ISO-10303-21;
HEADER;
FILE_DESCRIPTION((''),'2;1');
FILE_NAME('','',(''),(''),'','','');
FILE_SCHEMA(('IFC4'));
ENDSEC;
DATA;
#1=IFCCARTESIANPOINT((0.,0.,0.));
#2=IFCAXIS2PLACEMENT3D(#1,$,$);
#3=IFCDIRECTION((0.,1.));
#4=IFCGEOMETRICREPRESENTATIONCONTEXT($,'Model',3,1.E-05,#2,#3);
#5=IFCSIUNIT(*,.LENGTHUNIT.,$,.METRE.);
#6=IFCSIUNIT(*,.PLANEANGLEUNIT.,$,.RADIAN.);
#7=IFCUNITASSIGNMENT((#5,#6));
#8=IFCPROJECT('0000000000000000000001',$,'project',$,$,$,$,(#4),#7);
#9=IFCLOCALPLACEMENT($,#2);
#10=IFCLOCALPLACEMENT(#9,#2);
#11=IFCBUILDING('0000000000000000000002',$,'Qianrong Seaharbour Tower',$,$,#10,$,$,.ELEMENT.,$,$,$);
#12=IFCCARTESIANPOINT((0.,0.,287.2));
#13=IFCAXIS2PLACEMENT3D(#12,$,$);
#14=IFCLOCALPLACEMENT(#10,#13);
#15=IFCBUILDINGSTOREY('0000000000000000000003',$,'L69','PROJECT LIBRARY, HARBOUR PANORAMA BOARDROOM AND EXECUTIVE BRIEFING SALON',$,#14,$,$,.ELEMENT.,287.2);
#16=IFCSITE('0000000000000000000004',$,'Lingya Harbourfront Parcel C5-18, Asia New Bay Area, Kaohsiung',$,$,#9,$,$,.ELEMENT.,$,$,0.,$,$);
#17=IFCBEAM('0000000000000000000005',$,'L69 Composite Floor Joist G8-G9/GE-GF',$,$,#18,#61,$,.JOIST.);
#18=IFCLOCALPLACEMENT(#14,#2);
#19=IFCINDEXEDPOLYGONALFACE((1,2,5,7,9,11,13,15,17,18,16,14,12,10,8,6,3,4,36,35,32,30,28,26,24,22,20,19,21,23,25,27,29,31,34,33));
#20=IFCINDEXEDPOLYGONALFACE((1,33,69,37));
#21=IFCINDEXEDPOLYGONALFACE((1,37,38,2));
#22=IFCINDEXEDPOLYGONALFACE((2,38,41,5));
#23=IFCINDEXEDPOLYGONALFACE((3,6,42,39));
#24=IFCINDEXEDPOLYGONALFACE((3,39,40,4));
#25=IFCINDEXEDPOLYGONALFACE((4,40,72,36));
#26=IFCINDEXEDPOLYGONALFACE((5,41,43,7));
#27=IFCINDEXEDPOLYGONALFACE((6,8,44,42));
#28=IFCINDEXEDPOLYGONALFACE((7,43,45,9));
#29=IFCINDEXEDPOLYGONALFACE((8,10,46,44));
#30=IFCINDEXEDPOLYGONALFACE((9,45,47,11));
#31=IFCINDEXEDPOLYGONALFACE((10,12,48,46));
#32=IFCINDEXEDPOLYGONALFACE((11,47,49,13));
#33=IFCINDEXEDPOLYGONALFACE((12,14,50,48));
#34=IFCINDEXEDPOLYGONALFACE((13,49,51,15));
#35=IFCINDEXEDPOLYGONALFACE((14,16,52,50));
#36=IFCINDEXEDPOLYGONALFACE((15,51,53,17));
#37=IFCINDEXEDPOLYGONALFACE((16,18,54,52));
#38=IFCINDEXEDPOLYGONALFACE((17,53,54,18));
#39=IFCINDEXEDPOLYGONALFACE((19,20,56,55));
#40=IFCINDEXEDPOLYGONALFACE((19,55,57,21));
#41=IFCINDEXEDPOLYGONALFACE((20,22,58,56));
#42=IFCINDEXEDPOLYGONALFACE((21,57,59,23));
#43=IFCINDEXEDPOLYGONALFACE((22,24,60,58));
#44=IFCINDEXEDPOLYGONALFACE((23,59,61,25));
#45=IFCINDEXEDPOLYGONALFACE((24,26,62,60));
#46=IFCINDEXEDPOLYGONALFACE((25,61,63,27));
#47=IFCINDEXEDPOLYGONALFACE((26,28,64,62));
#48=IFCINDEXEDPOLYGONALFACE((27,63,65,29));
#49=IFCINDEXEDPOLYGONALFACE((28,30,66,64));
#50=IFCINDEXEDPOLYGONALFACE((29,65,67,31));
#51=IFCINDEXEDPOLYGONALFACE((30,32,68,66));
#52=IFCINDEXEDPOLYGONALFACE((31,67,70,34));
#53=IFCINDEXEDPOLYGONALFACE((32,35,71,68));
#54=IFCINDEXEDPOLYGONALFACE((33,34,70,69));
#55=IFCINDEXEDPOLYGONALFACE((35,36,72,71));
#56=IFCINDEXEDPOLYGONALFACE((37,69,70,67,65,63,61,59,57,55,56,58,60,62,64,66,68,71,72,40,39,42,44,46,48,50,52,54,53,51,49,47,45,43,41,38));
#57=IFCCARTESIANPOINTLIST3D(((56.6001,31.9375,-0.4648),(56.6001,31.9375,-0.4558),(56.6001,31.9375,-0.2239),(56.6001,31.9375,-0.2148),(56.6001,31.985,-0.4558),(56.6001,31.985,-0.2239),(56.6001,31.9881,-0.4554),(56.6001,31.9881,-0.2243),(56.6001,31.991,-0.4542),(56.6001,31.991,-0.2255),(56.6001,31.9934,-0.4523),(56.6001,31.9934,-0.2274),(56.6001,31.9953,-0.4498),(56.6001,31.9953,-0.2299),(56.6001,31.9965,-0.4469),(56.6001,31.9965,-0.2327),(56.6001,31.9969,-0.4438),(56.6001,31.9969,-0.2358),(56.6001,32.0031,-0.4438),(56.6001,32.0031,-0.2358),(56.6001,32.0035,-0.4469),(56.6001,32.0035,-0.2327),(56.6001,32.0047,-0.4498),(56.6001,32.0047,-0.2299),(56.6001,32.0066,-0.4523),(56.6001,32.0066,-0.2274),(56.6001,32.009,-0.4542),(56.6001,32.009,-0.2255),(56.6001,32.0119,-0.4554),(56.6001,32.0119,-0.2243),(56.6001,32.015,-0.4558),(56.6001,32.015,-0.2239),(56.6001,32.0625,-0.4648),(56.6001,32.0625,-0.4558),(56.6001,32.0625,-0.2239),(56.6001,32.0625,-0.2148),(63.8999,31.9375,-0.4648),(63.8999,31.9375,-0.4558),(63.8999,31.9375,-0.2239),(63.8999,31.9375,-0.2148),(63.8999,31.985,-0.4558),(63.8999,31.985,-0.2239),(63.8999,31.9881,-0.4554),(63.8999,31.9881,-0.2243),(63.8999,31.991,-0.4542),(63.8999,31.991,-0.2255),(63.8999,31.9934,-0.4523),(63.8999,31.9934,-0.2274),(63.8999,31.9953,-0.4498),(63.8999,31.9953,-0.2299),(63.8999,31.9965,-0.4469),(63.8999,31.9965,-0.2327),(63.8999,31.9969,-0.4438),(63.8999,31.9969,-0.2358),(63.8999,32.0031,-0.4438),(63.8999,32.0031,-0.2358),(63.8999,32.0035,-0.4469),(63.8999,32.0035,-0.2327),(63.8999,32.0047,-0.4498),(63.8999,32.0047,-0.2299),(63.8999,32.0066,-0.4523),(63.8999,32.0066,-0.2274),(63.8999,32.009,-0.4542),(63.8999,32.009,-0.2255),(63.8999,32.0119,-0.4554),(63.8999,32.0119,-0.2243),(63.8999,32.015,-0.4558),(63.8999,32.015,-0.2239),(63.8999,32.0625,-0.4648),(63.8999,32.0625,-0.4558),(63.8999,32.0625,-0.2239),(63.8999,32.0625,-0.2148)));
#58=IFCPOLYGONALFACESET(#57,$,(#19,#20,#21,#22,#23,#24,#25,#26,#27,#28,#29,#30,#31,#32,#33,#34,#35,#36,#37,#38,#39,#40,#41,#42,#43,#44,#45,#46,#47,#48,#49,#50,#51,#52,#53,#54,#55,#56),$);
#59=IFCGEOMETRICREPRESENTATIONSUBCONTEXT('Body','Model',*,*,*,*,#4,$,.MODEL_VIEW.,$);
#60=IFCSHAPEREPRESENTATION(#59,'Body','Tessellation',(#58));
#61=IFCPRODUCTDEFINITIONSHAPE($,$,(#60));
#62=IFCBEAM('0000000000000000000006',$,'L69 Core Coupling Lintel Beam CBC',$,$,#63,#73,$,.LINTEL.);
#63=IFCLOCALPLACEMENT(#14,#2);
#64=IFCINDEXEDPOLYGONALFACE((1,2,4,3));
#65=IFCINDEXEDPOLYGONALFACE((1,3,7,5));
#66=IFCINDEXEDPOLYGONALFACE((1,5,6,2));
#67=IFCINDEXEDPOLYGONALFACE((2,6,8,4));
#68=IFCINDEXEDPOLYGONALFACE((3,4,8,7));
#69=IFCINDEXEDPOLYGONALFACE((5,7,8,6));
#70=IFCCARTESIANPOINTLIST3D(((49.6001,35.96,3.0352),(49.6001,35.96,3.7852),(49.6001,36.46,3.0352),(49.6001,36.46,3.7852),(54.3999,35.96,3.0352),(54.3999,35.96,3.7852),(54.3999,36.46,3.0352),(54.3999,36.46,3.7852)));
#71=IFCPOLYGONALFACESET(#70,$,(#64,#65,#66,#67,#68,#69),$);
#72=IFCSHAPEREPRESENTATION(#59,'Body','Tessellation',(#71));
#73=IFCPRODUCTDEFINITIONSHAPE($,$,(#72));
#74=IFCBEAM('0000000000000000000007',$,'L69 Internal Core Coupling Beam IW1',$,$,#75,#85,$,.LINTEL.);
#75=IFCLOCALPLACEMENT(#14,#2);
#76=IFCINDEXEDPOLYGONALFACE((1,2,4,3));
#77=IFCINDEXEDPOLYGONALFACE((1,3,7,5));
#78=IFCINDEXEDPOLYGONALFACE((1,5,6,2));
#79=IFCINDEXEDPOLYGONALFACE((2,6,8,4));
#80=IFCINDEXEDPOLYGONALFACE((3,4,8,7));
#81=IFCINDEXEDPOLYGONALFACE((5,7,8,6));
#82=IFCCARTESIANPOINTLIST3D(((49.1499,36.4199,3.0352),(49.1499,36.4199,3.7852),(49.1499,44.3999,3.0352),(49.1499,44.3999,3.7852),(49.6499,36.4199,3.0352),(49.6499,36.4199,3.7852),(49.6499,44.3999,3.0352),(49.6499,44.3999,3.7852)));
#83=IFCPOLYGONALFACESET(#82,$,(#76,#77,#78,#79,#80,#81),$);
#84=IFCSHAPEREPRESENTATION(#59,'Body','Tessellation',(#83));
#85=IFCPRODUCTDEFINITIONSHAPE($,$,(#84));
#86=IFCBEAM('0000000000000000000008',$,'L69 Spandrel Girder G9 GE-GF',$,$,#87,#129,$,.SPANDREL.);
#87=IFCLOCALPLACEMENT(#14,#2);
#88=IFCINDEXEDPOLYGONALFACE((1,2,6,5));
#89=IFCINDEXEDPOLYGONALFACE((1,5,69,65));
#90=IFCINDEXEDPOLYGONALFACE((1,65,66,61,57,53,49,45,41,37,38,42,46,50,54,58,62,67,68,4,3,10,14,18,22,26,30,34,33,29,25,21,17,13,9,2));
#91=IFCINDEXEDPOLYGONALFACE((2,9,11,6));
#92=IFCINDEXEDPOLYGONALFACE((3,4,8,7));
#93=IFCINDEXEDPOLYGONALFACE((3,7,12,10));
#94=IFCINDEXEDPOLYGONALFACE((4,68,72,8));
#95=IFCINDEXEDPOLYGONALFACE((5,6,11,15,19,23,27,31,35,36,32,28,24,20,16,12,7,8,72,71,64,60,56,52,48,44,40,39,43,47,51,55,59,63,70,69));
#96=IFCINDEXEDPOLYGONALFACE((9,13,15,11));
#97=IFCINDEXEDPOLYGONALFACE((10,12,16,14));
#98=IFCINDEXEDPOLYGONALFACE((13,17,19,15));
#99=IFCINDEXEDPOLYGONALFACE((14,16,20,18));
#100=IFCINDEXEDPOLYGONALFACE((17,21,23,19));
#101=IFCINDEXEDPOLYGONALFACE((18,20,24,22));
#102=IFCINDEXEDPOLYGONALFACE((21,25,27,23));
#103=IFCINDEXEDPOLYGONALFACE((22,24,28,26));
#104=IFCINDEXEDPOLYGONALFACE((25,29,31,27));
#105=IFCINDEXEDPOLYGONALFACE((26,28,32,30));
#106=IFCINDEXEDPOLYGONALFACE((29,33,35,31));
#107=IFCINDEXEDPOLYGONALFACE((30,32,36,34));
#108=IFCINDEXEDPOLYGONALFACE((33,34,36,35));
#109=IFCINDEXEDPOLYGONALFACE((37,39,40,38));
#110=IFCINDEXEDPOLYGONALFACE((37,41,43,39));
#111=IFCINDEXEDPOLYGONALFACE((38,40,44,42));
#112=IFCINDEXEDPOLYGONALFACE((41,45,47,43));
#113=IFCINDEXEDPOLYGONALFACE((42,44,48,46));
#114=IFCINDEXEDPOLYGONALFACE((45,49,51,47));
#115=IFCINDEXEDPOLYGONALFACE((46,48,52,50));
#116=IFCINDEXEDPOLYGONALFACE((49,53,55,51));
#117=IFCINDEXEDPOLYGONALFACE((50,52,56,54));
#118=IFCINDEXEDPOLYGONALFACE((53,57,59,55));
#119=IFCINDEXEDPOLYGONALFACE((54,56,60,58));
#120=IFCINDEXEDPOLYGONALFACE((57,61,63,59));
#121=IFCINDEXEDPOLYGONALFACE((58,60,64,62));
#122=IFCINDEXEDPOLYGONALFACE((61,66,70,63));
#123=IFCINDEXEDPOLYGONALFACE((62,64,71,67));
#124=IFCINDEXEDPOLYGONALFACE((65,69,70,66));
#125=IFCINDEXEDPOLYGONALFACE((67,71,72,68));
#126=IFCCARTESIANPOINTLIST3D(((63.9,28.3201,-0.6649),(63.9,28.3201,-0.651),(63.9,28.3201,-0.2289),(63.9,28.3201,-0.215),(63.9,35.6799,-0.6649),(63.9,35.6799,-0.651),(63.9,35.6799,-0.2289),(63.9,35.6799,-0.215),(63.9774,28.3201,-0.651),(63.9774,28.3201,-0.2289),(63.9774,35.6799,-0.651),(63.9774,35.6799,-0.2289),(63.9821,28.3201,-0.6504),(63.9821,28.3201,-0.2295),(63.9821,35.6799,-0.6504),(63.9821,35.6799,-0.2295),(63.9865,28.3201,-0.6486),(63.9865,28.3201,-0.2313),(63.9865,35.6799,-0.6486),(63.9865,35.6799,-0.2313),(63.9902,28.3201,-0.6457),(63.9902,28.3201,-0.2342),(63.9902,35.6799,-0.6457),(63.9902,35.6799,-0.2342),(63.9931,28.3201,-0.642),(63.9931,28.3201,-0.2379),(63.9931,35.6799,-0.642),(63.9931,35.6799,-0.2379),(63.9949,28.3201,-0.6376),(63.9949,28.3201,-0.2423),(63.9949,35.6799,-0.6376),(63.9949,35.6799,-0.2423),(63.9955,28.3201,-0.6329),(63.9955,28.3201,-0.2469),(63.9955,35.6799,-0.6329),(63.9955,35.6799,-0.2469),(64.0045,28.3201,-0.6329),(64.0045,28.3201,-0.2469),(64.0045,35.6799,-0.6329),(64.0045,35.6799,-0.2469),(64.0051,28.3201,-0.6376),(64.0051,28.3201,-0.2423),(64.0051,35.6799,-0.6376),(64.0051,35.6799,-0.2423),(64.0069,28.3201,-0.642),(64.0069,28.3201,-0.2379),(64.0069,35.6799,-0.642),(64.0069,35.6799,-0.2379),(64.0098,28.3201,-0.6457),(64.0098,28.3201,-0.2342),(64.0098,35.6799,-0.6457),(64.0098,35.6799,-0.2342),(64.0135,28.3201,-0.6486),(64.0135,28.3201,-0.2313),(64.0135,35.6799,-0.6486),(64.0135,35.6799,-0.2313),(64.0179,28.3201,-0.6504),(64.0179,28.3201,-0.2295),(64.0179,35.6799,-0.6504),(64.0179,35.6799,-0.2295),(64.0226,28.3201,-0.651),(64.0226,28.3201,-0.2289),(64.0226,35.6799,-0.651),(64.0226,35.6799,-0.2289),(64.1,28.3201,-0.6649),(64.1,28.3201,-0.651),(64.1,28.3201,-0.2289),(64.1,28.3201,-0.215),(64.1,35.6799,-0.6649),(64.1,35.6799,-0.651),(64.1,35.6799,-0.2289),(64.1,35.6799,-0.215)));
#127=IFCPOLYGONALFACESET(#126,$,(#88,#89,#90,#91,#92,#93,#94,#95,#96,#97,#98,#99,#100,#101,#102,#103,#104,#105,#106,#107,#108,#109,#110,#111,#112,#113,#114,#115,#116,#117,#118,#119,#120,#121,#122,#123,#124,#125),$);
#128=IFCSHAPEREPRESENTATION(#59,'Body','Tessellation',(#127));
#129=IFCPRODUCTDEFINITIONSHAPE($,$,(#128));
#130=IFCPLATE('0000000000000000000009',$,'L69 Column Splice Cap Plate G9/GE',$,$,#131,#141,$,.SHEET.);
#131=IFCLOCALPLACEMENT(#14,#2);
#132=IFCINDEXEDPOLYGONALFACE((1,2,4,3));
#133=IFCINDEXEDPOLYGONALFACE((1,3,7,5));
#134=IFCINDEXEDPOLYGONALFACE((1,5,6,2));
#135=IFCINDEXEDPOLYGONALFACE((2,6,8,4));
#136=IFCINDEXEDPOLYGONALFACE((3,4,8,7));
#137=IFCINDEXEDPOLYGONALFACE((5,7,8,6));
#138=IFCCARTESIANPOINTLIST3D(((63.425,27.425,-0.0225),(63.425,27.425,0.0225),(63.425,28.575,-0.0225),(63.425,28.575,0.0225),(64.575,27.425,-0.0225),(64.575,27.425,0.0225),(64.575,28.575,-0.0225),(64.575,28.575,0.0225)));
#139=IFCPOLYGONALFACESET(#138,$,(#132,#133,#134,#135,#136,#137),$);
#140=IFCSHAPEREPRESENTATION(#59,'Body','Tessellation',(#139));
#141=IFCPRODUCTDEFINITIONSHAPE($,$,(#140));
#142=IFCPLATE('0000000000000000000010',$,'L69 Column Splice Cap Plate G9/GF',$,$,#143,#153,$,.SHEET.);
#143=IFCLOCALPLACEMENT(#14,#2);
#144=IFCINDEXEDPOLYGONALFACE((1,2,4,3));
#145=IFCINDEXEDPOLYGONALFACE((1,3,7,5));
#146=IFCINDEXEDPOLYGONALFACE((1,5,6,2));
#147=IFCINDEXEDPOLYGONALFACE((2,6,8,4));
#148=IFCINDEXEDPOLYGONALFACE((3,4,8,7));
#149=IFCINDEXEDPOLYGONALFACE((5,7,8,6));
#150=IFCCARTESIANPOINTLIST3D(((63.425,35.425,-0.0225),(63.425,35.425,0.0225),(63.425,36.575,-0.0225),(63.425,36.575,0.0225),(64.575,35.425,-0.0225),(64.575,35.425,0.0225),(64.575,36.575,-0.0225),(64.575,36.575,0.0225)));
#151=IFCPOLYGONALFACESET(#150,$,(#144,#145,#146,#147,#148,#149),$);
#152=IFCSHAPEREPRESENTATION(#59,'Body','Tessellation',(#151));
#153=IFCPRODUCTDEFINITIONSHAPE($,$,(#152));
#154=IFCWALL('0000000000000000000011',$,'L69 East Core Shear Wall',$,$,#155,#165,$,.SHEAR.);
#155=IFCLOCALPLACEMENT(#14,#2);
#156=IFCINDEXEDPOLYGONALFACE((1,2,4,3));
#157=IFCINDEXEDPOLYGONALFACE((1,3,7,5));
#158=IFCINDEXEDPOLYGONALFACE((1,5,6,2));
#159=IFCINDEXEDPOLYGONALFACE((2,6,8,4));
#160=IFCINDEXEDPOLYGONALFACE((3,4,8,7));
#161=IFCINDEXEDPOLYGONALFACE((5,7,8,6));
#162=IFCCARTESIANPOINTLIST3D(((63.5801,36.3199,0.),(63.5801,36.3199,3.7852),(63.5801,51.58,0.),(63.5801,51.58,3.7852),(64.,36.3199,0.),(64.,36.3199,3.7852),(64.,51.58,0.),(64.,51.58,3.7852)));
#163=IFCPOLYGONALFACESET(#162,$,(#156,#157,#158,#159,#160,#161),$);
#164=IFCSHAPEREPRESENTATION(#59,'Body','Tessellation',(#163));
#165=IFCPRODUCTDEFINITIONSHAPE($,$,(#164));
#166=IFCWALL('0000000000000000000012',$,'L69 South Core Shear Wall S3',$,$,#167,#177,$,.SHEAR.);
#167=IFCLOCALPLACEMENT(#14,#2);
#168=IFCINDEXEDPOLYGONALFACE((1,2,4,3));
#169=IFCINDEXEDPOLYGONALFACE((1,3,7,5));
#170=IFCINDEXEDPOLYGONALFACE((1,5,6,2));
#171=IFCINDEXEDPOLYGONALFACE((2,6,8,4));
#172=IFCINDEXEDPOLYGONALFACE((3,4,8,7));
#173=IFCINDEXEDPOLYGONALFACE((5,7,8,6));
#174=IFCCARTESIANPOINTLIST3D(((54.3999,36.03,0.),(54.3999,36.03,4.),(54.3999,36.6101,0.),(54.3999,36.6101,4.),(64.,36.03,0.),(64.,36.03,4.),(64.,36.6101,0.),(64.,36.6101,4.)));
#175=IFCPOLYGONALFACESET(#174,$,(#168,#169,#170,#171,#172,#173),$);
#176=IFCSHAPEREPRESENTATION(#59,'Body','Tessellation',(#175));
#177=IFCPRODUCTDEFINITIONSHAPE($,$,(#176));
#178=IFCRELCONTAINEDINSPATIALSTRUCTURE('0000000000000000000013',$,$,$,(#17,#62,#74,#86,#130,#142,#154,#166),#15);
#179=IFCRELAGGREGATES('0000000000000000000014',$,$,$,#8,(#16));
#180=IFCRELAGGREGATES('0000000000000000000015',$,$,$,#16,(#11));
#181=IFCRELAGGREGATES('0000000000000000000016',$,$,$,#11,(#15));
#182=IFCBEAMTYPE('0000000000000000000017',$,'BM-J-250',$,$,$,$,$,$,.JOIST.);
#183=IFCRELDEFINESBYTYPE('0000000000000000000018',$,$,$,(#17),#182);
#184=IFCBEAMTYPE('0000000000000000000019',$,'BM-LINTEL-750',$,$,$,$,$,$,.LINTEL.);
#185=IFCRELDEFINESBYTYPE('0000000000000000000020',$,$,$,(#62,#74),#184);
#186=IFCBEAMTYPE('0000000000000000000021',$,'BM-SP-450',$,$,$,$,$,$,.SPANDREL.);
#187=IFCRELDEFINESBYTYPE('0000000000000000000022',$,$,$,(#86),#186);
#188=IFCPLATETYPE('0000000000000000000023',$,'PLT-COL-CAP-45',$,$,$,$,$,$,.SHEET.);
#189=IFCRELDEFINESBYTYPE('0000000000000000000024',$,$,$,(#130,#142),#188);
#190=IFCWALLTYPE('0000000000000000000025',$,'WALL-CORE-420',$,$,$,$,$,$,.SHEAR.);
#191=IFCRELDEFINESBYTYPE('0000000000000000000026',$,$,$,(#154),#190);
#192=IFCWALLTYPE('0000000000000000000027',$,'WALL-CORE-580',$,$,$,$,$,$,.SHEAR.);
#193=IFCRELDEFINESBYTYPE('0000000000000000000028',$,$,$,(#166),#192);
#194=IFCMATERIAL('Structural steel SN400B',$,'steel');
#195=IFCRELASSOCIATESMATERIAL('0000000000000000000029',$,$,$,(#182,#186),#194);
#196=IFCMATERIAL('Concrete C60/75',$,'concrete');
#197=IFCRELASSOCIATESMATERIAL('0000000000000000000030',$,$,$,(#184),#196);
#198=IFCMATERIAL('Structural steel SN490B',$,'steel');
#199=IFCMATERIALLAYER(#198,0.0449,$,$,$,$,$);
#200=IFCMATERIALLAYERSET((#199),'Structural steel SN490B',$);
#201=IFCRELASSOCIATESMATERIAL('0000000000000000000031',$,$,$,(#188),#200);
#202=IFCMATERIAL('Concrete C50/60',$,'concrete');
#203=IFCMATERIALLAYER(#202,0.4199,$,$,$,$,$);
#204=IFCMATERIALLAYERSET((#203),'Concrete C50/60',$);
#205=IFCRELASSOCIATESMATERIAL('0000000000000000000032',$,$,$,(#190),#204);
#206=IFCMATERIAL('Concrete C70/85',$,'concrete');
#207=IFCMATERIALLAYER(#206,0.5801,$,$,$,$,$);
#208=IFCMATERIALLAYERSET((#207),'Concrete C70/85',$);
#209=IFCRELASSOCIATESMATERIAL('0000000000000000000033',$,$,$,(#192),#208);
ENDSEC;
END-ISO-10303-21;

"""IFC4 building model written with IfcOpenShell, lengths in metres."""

from ifc_helpers import new_model, si_unit, direction, frame, frame_2d, origin, origin_2d, place, context, subcontext, project, spatial, rectangle, i_section, extrude, material, layer, layer_set, material_profile, profile_set, type_object, element, save


model = new_model("IFC4")

# Units and contexts
model_context = context("Model", 3, precision=1e-05, world=origin(), true_north=direction((0.0, 1.0)))
body_context = subcontext(model_context, "Body", "Model", "MODEL_VIEW")
ifc_project = project(units=[si_unit("LENGTHUNIT", "METRE"), si_unit("PLANEANGLEUNIT", "RADIAN")], contexts=[model_context])

# Site, building, storey
site_placement = place(None, origin())
site = spatial("IfcSite", under=ifc_project, at=site_placement, Name="Lingya Harbourfront Parcel C5-18, Asia New Bay Area, Kaohsiung", CompositionType="ELEMENT", RefElevation=0.0)
building_placement = place(site_placement, origin())
building = spatial("IfcBuilding", under=site, at=building_placement, Name="Qianrong Seaharbour Tower", CompositionType="ELEMENT")
storey_placement = place(building_placement, frame((0.0, 0.0, 287.2)))
storey = spatial("IfcBuildingStorey", under=building, at=storey_placement, Name="L69", Description="PROJECT LIBRARY, HARBOUR PANORAMA BOARDROOM AND EXECUTIVE BRIEFING SALON", CompositionType="ELEMENT", Elevation=287.2)

# Shared definitions
ifc_material_1 = material(Name="Structural steel SN490B", Category="steel")
ifc_material_2 = material(Name="Concrete C50/60", Category="concrete")

# Beams
ifc_material_3 = material(Name="Structural steel SN400B", Category="steel")
ifc_material_profile_1 = material_profile(ifc_material_3, i_section(OverallWidth=0.125, OverallDepth=0.25, WebThickness=0.0061, FlangeThickness=0.009, FilletRadius=0.012, at=origin_2d()), Name="H250x125x6x9")
ifc_profile_set_1 = profile_set([ifc_material_profile_1], Name="Structural steel SN400B")
beam_type_1 = type_object("IfcBeamType", Name="BM-J-250", PredefinedType="JOIST", material=ifc_profile_set_1)
beam_1_placement = place(storey_placement, frame((56.6001, 32.0, -0.3398), z_axis=(1.0, 0.0, 0.0), x_axis=(0.0, 1.0, 0.0)))
element("IfcBeam", 1, at=beam_1_placement, inside=storey, type_object=beam_type_1, Name="L69 Composite Floor Joist G8-G9/GE-GF", PredefinedType="JOIST", context=body_context, shape_type="SweptSolid", body=[
    extrude(i_section(OverallWidth=0.125, OverallDepth=0.25, WebThickness=0.0061, FlangeThickness=0.009, FilletRadius=0.012, at=origin_2d()), origin(), (0.0, 0.0, 1.0), 7.2998),
])
ifc_material_4 = material(Name="Concrete C60/75", Category="concrete")
ifc_material_profile_2 = material_profile(ifc_material_4, rectangle(XDim=0.5, YDim=0.75, at=origin_2d()), Name="RC500x750")
ifc_profile_set_2 = profile_set([ifc_material_profile_2], Name="Concrete C60/75")
beam_type_2 = type_object("IfcBeamType", Name="BM-LINTEL-750", PredefinedType="LINTEL", material=ifc_profile_set_2)
beam_2_placement = place(storey_placement, frame((49.6001, 36.21, 3.4102), z_axis=(1.0, 0.0, 0.0), x_axis=(0.0, 1.0, 0.0)))
element("IfcBeam", 2, at=beam_2_placement, inside=storey, type_object=beam_type_2, Name="L69 Core Coupling Lintel Beam CBC", PredefinedType="LINTEL", context=body_context, shape_type="SweptSolid", body=[
    extrude(rectangle(XDim=0.5, YDim=0.75, at=origin_2d()), origin(), (0.0, 0.0, 1.0), 4.7998),
])
beam_3_placement = place(storey_placement, frame((49.3999, 36.4199, 3.4102), z_axis=(0.0, 1.0, 0.0), x_axis=(-1.0, 0.0, 0.0)))
element("IfcBeam", 3, at=beam_3_placement, inside=storey, type_object=beam_type_2, Name="L69 Internal Core Coupling Beam IW1", PredefinedType="LINTEL", context=body_context, shape_type="SweptSolid", body=[
    extrude(rectangle(XDim=0.5, YDim=0.75, at=origin_2d()), origin(), (0.0, 0.0, 1.0), 7.98),
])
ifc_material_profile_3 = material_profile(ifc_material_3, i_section(OverallWidth=0.2, OverallDepth=0.45, WebThickness=0.009, FlangeThickness=0.0139, FilletRadius=0.0181, at=origin_2d()), Name="H450x200x9x14")
ifc_profile_set_3 = profile_set([ifc_material_profile_3], Name="Structural steel SN400B")
beam_type_3 = type_object("IfcBeamType", Name="BM-SP-450", PredefinedType="SPANDREL", material=ifc_profile_set_3)
beam_4_placement = place(storey_placement, frame((64.0, 28.3201, -0.4399), z_axis=(0.0, 1.0, 0.0), x_axis=(-1.0, 0.0, 0.0)))
element("IfcBeam", 4, at=beam_4_placement, inside=storey, type_object=beam_type_3, Name="L69 Spandrel Girder G9 GE-GF", PredefinedType="SPANDREL", context=body_context, shape_type="SweptSolid", body=[
    extrude(i_section(OverallWidth=0.2, OverallDepth=0.45, WebThickness=0.009, FlangeThickness=0.0139, FilletRadius=0.0181, at=origin_2d()), origin(), (0.0, 0.0, 1.0), 7.3599),
])

# Plates
ifc_layer_1 = layer(ifc_material_1, 0.0449)
ifc_layer_set_1 = layer_set([ifc_layer_1], Name="Structural steel SN490B")
plate_type = type_object("IfcPlateType", Name="PLT-COL-CAP-45", PredefinedType="SHEET", material=ifc_layer_set_1)
for number, where, z_axis, x_axis, name in (
    (5, (64.0, 28.0, -0.0225), (0.0, 0.0, 1.0), (1.0, 0.0, 0.0), "L69 Column Splice Cap Plate G9/GE"),
    (6, (64.0, 36.0, -0.0225), (0.0, 0.0, 1.0), (1.0, 0.0, 0.0), "L69 Column Splice Cap Plate G9/GF"),
):
    element("IfcPlate", number, at=place(storey_placement, frame(where, z_axis=z_axis, x_axis=x_axis)), inside=storey, type_object=plate_type, Name=name, PredefinedType="SHEET", context=body_context, shape_type="SweptSolid", body=[
        extrude(rectangle(XDim=1.1499, YDim=1.1499, at=origin_2d()), origin(), (0.0, 0.0, 1.0), 0.0449),
    ])

# Walls
ifc_layer_2 = layer(ifc_material_2, 0.4199)
ifc_layer_set_2 = layer_set([ifc_layer_2], Name="Concrete C50/60")
wall_type_1 = type_object("IfcWallType", Name="WALL-CORE-420", PredefinedType="SHEAR", material=ifc_layer_set_2)
wall_1_placement = place(storey_placement, frame((63.79, 36.3201, 0.0), z_axis=(0.0, 0.0, 1.0), x_axis=(0.0, 1.0, 0.0)))
element("IfcWall", 7, at=wall_1_placement, inside=storey, type_object=wall_type_1, Name="L69 East Core Shear Wall", PredefinedType="SHEAR", context=body_context, shape_type="SweptSolid", body=[
    extrude(rectangle(XDim=15.26, YDim=0.4199, at=frame_2d((7.6299, 0.0))), origin(), (0.0, 0.0, 1.0), 3.7852),
])
ifc_material_5 = material(Name="Concrete C70/85", Category="concrete")
ifc_layer_3 = layer(ifc_material_5, 0.5801)
ifc_layer_set_3 = layer_set([ifc_layer_3], Name="Concrete C70/85")
wall_type_2 = type_object("IfcWallType", Name="WALL-CORE-580", PredefinedType="SHEAR", material=ifc_layer_set_3)
wall_2_placement = place(storey_placement, frame((54.3999, 36.3201, 0.0), z_axis=(0.0, 0.0, 1.0), x_axis=(1.0, 0.0, 0.0)))
element("IfcWall", 8, at=wall_2_placement, inside=storey, type_object=wall_type_2, Name="L69 South Core Shear Wall S3", PredefinedType="SHEAR", context=body_context, shape_type="SweptSolid", body=[
    extrude(rectangle(XDim=9.6001, YDim=0.5801, at=frame_2d((4.8, 0.0))), origin(), (0.0, 0.0, 1.0), 4.0),
])

save(model, "model.ifc")
